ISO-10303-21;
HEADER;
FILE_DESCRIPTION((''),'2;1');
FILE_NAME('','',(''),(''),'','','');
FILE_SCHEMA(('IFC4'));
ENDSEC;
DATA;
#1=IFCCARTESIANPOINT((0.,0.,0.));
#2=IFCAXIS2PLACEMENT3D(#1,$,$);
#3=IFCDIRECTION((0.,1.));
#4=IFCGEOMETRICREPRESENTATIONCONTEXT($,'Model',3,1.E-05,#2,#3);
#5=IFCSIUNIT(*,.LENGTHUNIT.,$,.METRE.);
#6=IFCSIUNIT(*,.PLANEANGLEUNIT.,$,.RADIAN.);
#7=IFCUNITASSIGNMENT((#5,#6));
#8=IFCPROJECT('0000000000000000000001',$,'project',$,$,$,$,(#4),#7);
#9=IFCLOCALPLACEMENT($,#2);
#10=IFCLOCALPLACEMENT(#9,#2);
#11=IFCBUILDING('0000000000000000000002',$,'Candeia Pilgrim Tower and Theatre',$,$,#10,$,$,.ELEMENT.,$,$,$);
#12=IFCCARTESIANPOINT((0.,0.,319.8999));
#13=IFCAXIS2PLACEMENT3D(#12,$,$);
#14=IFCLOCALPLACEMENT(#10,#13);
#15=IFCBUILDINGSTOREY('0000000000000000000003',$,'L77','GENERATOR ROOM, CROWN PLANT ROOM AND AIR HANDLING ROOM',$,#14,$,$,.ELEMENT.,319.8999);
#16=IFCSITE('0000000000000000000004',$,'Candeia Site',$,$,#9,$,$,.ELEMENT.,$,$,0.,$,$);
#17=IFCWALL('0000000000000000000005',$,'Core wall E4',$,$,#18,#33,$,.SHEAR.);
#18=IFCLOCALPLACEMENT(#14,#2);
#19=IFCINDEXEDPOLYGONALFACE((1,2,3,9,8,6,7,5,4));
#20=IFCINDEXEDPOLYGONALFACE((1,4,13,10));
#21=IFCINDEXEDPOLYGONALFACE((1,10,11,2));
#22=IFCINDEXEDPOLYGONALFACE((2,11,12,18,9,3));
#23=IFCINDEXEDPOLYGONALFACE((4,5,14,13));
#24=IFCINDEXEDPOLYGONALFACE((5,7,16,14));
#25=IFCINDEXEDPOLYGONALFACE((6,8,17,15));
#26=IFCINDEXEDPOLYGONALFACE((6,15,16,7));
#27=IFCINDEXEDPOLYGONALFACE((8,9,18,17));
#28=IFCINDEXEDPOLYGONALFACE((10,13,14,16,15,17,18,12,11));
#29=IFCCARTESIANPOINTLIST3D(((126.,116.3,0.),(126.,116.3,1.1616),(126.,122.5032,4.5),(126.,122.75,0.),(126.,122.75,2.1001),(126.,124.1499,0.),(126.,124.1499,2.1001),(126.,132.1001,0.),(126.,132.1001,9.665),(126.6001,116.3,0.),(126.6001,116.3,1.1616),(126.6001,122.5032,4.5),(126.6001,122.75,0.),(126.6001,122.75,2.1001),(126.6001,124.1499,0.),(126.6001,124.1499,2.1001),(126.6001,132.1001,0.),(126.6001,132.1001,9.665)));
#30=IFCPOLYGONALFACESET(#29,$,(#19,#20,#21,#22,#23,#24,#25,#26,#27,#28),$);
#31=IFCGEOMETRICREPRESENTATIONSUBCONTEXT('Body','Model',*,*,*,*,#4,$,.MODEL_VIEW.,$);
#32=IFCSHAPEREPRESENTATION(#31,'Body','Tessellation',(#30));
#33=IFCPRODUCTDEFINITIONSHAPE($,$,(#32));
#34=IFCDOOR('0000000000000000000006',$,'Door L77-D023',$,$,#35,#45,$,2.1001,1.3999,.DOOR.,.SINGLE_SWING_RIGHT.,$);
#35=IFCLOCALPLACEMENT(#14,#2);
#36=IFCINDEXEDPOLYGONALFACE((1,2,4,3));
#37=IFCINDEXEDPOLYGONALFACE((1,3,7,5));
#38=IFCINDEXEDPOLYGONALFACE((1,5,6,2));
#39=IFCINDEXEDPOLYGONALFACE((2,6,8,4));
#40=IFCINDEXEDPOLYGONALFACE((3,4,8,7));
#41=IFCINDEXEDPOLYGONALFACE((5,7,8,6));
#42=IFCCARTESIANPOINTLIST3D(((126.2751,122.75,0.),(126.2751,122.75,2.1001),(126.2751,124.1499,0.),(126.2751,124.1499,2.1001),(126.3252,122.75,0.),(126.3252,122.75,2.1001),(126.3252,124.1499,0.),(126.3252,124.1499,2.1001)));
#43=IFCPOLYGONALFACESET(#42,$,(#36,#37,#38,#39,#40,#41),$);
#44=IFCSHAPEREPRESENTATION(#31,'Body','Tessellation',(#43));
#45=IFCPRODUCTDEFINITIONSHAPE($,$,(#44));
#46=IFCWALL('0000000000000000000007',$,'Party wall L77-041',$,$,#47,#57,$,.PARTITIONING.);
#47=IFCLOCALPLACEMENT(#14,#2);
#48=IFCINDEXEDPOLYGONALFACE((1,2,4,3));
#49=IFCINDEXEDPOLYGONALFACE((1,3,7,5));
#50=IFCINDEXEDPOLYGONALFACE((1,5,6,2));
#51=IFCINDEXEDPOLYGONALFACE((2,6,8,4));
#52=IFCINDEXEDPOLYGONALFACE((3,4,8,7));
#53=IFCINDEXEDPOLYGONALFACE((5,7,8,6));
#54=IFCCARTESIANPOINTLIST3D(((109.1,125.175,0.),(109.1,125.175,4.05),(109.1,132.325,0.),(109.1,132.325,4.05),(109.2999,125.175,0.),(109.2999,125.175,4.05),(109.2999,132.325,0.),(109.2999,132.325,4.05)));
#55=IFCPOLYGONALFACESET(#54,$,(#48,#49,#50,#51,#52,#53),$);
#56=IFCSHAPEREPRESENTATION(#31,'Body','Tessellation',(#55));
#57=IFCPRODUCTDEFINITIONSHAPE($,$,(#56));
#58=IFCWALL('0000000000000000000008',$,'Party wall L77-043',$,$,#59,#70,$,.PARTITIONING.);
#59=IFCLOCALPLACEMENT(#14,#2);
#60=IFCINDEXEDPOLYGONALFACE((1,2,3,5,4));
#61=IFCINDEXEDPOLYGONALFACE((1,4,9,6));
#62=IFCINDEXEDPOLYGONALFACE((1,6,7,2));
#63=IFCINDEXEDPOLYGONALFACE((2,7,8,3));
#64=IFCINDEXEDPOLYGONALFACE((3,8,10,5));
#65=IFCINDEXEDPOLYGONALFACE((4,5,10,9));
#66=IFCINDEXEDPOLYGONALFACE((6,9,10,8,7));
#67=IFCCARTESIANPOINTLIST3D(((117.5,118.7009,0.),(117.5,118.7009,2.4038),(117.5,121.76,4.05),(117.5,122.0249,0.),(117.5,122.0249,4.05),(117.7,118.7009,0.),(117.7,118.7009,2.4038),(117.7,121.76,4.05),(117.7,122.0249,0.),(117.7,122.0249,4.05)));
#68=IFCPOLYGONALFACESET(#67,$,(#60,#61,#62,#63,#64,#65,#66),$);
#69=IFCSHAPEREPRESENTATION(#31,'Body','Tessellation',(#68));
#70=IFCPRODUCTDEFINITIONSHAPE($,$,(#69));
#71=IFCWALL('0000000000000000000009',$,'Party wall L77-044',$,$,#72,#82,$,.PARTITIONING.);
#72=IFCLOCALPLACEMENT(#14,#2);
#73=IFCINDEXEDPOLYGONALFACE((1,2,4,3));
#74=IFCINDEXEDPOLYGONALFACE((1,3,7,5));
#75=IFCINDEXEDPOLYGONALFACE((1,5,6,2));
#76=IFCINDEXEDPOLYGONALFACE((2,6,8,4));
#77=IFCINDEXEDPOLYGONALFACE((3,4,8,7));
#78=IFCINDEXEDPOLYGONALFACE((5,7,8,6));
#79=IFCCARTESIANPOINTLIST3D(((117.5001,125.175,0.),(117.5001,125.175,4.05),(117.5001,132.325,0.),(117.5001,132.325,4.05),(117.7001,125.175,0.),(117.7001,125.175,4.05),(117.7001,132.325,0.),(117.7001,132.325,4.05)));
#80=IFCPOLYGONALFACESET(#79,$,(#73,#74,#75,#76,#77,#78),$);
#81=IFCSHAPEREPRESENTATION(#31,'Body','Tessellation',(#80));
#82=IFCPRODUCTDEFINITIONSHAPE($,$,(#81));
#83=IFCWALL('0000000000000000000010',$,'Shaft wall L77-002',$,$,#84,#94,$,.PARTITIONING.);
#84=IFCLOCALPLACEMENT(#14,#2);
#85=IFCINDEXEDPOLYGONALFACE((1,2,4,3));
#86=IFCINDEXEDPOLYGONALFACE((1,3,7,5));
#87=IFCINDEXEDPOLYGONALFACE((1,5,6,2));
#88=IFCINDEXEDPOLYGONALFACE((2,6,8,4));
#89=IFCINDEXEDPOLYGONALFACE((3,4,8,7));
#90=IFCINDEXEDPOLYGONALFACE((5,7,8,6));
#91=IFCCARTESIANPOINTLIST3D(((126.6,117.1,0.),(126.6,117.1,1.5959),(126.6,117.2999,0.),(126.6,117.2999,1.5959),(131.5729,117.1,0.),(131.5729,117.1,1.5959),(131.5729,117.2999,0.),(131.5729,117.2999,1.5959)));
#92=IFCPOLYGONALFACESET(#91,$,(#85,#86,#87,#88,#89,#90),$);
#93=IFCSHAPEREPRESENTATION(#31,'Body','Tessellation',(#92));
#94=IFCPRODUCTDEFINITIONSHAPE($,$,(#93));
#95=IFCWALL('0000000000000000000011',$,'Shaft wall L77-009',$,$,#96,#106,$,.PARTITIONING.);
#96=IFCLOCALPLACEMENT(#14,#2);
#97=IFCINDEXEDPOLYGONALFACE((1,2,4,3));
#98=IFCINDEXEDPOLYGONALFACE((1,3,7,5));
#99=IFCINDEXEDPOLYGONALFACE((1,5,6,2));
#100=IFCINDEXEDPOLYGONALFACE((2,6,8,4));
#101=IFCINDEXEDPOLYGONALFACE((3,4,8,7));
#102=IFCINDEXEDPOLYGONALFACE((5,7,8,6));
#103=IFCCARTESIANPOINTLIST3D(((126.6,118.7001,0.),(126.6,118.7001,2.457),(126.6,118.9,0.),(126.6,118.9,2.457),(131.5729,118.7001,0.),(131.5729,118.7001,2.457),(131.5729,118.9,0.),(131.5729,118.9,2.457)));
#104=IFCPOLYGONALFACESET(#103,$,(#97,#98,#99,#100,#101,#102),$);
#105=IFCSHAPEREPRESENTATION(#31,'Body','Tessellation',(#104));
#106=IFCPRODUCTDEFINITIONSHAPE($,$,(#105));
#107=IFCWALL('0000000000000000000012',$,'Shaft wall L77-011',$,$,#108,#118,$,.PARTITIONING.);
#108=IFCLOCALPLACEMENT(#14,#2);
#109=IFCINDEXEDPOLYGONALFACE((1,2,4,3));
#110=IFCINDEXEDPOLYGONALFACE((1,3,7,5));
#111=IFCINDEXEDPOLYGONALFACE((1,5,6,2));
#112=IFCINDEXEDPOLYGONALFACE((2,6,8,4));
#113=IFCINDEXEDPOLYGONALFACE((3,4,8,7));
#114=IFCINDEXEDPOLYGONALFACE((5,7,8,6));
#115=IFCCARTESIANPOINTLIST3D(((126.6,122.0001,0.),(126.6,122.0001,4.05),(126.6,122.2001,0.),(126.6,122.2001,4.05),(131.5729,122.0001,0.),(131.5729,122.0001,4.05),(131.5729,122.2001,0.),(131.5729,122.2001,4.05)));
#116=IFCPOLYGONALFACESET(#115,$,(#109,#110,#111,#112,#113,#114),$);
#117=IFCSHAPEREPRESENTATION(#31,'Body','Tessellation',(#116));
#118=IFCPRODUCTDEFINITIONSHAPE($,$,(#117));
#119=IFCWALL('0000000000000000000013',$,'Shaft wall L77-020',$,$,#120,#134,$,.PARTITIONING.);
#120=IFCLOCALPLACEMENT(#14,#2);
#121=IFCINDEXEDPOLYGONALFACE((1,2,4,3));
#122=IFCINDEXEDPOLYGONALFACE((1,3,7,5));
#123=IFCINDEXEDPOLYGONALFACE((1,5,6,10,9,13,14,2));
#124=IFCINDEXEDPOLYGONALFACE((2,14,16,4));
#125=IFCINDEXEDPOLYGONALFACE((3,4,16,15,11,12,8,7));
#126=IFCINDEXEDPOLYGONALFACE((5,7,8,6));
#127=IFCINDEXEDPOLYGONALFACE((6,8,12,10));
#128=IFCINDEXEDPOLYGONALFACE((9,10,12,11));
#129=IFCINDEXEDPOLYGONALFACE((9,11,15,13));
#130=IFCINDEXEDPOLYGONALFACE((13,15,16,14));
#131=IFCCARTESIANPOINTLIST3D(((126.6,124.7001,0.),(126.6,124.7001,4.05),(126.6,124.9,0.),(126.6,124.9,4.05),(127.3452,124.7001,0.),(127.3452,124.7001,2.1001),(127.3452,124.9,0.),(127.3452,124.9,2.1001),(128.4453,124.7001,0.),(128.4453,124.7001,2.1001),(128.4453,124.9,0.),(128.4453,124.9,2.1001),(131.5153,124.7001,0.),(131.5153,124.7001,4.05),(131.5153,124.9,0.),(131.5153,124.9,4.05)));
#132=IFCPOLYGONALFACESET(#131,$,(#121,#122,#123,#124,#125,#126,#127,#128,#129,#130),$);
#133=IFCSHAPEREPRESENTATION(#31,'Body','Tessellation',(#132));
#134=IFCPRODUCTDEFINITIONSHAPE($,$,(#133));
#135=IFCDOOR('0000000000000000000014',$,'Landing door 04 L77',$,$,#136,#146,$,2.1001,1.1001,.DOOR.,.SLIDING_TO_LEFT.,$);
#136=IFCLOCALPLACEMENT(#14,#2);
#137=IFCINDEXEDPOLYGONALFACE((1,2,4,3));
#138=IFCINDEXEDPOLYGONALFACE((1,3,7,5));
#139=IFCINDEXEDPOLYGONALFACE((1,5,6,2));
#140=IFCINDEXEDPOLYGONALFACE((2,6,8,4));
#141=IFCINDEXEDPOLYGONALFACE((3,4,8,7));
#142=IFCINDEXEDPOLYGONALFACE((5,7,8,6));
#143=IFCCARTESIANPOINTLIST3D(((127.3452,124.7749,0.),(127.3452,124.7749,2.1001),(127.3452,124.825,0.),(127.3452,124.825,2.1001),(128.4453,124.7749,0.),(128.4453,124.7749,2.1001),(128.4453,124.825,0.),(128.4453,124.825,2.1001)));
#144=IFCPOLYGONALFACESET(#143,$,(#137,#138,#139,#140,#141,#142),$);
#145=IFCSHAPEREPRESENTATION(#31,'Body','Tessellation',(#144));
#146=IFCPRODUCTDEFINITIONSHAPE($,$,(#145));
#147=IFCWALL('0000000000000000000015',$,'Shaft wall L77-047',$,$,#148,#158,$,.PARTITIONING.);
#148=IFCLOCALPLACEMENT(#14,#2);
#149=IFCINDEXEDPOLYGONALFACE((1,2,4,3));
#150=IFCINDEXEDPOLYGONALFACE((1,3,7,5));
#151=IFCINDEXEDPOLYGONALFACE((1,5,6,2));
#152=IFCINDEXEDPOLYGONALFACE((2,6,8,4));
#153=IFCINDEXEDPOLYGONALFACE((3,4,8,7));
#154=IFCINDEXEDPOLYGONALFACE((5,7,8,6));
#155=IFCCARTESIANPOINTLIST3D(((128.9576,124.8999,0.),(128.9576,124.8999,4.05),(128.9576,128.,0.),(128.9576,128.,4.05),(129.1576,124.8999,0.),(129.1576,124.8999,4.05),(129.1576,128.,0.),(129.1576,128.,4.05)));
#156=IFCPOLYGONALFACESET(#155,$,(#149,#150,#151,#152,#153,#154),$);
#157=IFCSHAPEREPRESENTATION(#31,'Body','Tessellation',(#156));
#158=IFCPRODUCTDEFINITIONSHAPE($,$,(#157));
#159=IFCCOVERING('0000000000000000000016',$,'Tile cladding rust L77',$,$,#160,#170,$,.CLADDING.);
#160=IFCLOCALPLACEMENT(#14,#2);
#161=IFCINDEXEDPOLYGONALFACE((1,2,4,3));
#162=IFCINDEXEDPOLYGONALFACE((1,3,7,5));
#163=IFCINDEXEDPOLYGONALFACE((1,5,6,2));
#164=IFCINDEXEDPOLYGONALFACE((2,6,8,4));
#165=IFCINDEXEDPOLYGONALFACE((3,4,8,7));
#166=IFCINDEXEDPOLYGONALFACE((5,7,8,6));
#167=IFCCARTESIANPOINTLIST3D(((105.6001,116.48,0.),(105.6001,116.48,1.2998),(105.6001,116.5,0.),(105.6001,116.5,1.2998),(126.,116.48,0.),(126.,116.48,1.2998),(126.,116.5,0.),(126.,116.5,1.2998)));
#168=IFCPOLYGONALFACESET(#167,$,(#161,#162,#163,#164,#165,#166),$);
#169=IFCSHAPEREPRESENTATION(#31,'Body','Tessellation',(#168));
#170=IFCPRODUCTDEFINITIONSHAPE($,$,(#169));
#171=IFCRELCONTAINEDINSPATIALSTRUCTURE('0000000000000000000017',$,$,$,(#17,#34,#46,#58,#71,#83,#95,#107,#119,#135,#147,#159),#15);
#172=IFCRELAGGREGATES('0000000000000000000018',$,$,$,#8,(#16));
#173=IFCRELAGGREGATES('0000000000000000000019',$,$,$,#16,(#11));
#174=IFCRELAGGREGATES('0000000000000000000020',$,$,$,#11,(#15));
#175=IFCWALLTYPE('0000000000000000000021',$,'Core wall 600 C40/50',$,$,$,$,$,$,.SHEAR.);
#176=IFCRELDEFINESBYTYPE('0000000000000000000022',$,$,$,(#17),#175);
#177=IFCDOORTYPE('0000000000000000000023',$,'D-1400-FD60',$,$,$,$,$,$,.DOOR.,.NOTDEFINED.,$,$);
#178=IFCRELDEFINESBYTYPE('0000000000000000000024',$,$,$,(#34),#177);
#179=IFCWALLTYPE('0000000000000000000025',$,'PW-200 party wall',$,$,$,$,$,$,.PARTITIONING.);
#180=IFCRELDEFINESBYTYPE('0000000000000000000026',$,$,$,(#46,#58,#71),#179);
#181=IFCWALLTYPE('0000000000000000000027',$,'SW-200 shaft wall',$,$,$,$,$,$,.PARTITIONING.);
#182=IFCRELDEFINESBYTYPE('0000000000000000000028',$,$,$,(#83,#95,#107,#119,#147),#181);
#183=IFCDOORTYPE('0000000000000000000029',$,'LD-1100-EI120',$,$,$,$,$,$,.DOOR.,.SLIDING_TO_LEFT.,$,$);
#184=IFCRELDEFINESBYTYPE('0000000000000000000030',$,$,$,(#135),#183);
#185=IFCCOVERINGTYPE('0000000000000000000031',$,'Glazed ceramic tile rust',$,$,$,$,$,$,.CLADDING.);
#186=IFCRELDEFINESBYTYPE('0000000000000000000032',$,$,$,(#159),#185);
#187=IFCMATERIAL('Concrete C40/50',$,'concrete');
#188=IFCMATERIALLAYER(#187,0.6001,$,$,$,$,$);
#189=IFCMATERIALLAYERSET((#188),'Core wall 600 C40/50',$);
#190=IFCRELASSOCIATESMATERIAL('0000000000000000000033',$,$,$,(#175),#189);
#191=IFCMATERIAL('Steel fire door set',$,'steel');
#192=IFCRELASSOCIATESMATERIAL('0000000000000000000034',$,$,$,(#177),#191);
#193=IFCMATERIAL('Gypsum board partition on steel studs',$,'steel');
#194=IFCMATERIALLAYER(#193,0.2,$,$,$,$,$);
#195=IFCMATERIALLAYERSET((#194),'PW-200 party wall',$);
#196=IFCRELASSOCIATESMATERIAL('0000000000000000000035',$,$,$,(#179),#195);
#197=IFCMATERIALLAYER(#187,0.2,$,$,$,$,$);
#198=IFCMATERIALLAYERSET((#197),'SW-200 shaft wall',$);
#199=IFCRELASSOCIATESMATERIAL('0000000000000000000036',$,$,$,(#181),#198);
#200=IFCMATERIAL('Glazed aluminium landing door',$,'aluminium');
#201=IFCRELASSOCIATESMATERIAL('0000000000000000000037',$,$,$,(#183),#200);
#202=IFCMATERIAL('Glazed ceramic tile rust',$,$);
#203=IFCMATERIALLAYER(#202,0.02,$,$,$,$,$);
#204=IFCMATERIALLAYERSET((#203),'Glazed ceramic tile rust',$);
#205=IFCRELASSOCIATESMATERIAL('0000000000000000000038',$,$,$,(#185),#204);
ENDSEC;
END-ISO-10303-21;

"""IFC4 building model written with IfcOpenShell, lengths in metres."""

from ifc_helpers import new_model, si_unit, direction, frame, frame_2d, origin, origin_2d, place, context, subcontext, project, spatial, polyline, rectangle, outline, extrude, material, layer, layer_set, type_object, element, fill, save


model = new_model("IFC4")

# Units and contexts
model_context = context("Model", 3, precision=1e-05, world=origin(), true_north=direction((0.0, 1.0)))
body_context = subcontext(model_context, "Body", "Model", "MODEL_VIEW")
ifc_project = project(units=[si_unit("LENGTHUNIT", "METRE"), si_unit("PLANEANGLEUNIT", "RADIAN")], contexts=[model_context])

# Site, building, storey
site_placement = place(None, origin())
site = spatial("IfcSite", under=ifc_project, at=site_placement, Name="Candeia Site", CompositionType="ELEMENT", RefElevation=0.0)
building_placement = place(site_placement, origin())
building = spatial("IfcBuilding", under=site, at=building_placement, Name="Candeia Pilgrim Tower and Theatre", CompositionType="ELEMENT")
storey_placement = place(building_placement, frame((0.0, 0.0, 319.8999)))
storey = spatial("IfcBuildingStorey", under=building, at=storey_placement, Name="L77", Description="GENERATOR ROOM, CROWN PLANT ROOM AND AIR HANDLING ROOM", CompositionType="ELEMENT", Elevation=319.8999)

# Shared definitions
ifc_material_1 = material(Name="Concrete C40/50", Category="concrete")

# Wall, opening, door
ifc_layer_1 = layer(ifc_material_1, 0.6001)
ifc_layer_set_1 = layer_set([ifc_layer_1], Name="Core wall 600 C40/50")
wall_type_1 = type_object("IfcWallType", Name="Core wall 600 C40/50", PredefinedType="SHEAR", material=ifc_layer_set_1)
wall_1_placement = place(storey_placement, frame((126.3, 116.3, 0.0), z_axis=(0.0, 0.0, 1.0), x_axis=(0.0, 1.0, 0.0)))
wall_1 = element("IfcWall", 1, at=wall_1_placement, inside=storey, type_object=wall_type_1, Name="Core wall E4", PredefinedType="SHEAR", context=body_context, shape_type="SweptSolid", body=[
    extrude(outline(polyline([(0.0, 0.0), (15.8, 0.0), (15.8, 9.665), (6.2031, 4.5), (0.0, 1.1616), (0.0, 0.0)])), frame((0.0, 0.3, 0.0), z_axis=(0.0, -1.0, 0.0), x_axis=(1.0, 0.0, 0.0)), (0.0, 0.0, 1.0), 0.6001),
])
opening_1_placement = place(wall_1_placement, frame((6.45, 0.0, 0.0)))
opening_1 = element("IfcOpeningElement", 2, at=opening_1_placement, cuts=wall_1, PredefinedType="OPENING", context=body_context, shape_type="SweptSolid", body=[
    extrude(rectangle(XDim=1.3999, YDim=2.1001, at=frame_2d((0.7, 1.05))), frame((0.0, 0.3101, 0.0), z_axis=(0.0, -1.0, 0.0), x_axis=(1.0, 0.0, 0.0)), (0.0, 0.0, 1.0), 0.6201),
])
ifc_material_2 = material(Name="Steel fire door set", Category="steel")
door_type_1 = type_object("IfcDoorType", Name="D-1400-FD60", OperationType="NOTDEFINED", PredefinedType="DOOR", material=ifc_material_2)
door_1_placement = place(opening_1_placement, origin())
door_1 = element("IfcDoor", 3, at=door_1_placement, inside=storey, type_object=door_type_1, Name="Door L77-D023", OperationType="SINGLE_SWING_RIGHT", OverallHeight=2.1001, OverallWidth=1.3999, PredefinedType="DOOR", context=body_context, shape_type="SweptSolid", body=[
    extrude(rectangle(XDim=1.3999, YDim=2.1001, at=frame_2d((0.7, 1.05))), frame((0.0, 0.0249, 0.0), z_axis=(0.0, -1.0, 0.0), x_axis=(1.0, 0.0, 0.0)), (0.0, 0.0, 1.0), 0.05),
])
fill(opening_1, door_1)

# Walls
ifc_material_3 = material(Name="Gypsum board partition on steel studs", Category="steel")
ifc_layer_2 = layer(ifc_material_3, 0.2)
ifc_layer_set_2 = layer_set([ifc_layer_2], Name="PW-200 party wall")
wall_type_2 = type_object("IfcWallType", Name="PW-200 party wall", PredefinedType="PARTITIONING", material=ifc_layer_set_2)
wall_2_placement = place(storey_placement, frame((109.2, 125.175, 0.0), z_axis=(0.0, 0.0, 1.0), x_axis=(0.0, 1.0, 0.0)))
element("IfcWall", 4, at=wall_2_placement, inside=storey, type_object=wall_type_2, Name="Party wall L77-041", PredefinedType="PARTITIONING", context=body_context, shape_type="SweptSolid", body=[
    extrude(rectangle(XDim=7.1499, YDim=0.2, at=frame_2d((3.575, 0.0))), origin(), (0.0, 0.0, 1.0), 4.05),
])
wall_3_placement = place(storey_placement, frame((117.6001, 118.7009, 0.0), z_axis=(0.0, 0.0, 1.0), x_axis=(0.0, 1.0, 0.0)))
element("IfcWall", 5, at=wall_3_placement, inside=storey, type_object=wall_type_2, Name="Party wall L77-043", PredefinedType="PARTITIONING", context=body_context, shape_type="SweptSolid", body=[
    extrude(outline(polyline([(0.0, 0.0), (3.324, 0.0), (3.324, 4.05), (3.0591, 4.05), (0.0, 2.4038), (0.0, 0.0)])), frame((0.0, 0.1001, 0.0), z_axis=(0.0, -1.0, 0.0), x_axis=(1.0, 0.0, 0.0)), (0.0, 0.0, 1.0), 0.2),
])
wall_4_placement = place(storey_placement, frame((117.6001, 125.175, 0.0), z_axis=(0.0, 0.0, 1.0), x_axis=(0.0, 1.0, 0.0)))
element("IfcWall", 6, at=wall_4_placement, inside=storey, type_object=wall_type_2, Name="Party wall L77-044", PredefinedType="PARTITIONING", context=body_context, shape_type="SweptSolid", body=[
    extrude(rectangle(XDim=7.1499, YDim=0.2, at=frame_2d((3.575, 0.0))), origin(), (0.0, 0.0, 1.0), 4.05),
])
ifc_layer_3 = layer(ifc_material_1, 0.2)
ifc_layer_set_3 = layer_set([ifc_layer_3], Name="SW-200 shaft wall")
wall_type_3 = type_object("IfcWallType", Name="SW-200 shaft wall", PredefinedType="PARTITIONING", material=ifc_layer_set_3)
wall_5_placement = place(storey_placement, frame((126.6001, 117.2, 0.0), z_axis=(0.0, 0.0, 1.0), x_axis=(1.0, 0.0, 0.0)))
element("IfcWall", 7, at=wall_5_placement, inside=storey, type_object=wall_type_3, Name="Shaft wall L77-002", PredefinedType="PARTITIONING", context=body_context, shape_type="SweptSolid", body=[
    extrude(rectangle(XDim=4.9729, YDim=0.2, at=frame_2d((2.4863, 0.0))), origin(), (0.0, 0.0, 1.0), 1.5959),
])
wall_6_placement = place(storey_placement, frame((126.6001, 118.8, 0.0), z_axis=(0.0, 0.0, 1.0), x_axis=(1.0, 0.0, 0.0)))
element("IfcWall", 8, at=wall_6_placement, inside=storey, type_object=wall_type_3, Name="Shaft wall L77-009", PredefinedType="PARTITIONING", context=body_context, shape_type="SweptSolid", body=[
    extrude(rectangle(XDim=4.9729, YDim=0.2, at=frame_2d((2.4863, 0.0))), origin(), (0.0, 0.0, 1.0), 2.457),
])
wall_7_placement = place(storey_placement, frame((126.6001, 122.1001, 0.0), z_axis=(0.0, 0.0, 1.0), x_axis=(1.0, 0.0, 0.0)))
element("IfcWall", 9, at=wall_7_placement, inside=storey, type_object=wall_type_3, Name="Shaft wall L77-011", PredefinedType="PARTITIONING", context=body_context, shape_type="SweptSolid", body=[
    extrude(rectangle(XDim=4.9729, YDim=0.2, at=frame_2d((2.4863, 0.0))), origin(), (0.0, 0.0, 1.0), 4.05),
])

# Wall, opening, door
wall_8_placement = place(storey_placement, frame((126.6001, 124.8, 0.0), z_axis=(0.0, 0.0, 1.0), x_axis=(1.0, 0.0, 0.0)))
wall_8 = element("IfcWall", 10, at=wall_8_placement, inside=storey, type_object=wall_type_3, Name="Shaft wall L77-020", PredefinedType="PARTITIONING", context=body_context, shape_type="SweptSolid", body=[
    extrude(rectangle(XDim=4.9153, YDim=0.2, at=frame_2d((2.4575, 0.0))), origin(), (0.0, 0.0, 1.0), 4.05),
])
opening_2_placement = place(wall_8_placement, frame((0.7451, 0.0, 0.0)))
opening_2 = element("IfcOpeningElement", 11, at=opening_2_placement, cuts=wall_8, PredefinedType="OPENING", context=body_context, shape_type="SweptSolid", body=[
    extrude(rectangle(XDim=1.1001, YDim=2.1001, at=frame_2d((0.55, 1.05))), frame((0.0, 0.1099, 0.0), z_axis=(0.0, -1.0, 0.0), x_axis=(1.0, 0.0, 0.0)), (0.0, 0.0, 1.0), 0.22),
])
ifc_material_4 = material(Name="Glazed aluminium landing door", Category="aluminium")
door_type_2 = type_object("IfcDoorType", Name="LD-1100-EI120", OperationType="SLIDING_TO_LEFT", PredefinedType="DOOR", material=ifc_material_4)
door_2_placement = place(opening_2_placement, origin())
door_2 = element("IfcDoor", 12, at=door_2_placement, inside=storey, type_object=door_type_2, Name="Landing door 04 L77", OperationType="SLIDING_TO_LEFT", OverallHeight=2.1001, OverallWidth=1.1001, PredefinedType="DOOR", context=body_context, shape_type="SweptSolid", body=[
    extrude(rectangle(XDim=1.1001, YDim=2.1001, at=frame_2d((0.55, 1.05))), frame((0.0, 0.0249, 0.0), z_axis=(0.0, -1.0, 0.0), x_axis=(1.0, 0.0, 0.0)), (0.0, 0.0, 1.0), 0.05),
])
fill(opening_2, door_2)

# Wall
wall_9_placement = place(storey_placement, frame((129.0576, 124.8999, 0.0), z_axis=(0.0, 0.0, 1.0), x_axis=(0.0, 1.0, 0.0)))
element("IfcWall", 13, at=wall_9_placement, inside=storey, type_object=wall_type_3, Name="Shaft wall L77-047", PredefinedType="PARTITIONING", context=body_context, shape_type="SweptSolid", body=[
    extrude(rectangle(XDim=3.1001, YDim=0.2, at=frame_2d((1.55, 0.0))), origin(), (0.0, 0.0, 1.0), 4.05),
])

# Covering
ifc_material_5 = material(Name="Glazed ceramic tile rust")
ifc_layer_4 = layer(ifc_material_5, 0.02)
ifc_layer_set_4 = layer_set([ifc_layer_4], Name="Glazed ceramic tile rust")
covering_type = type_object("IfcCoveringType", Name="Glazed ceramic tile rust", PredefinedType="CLADDING", material=ifc_layer_set_4)
covering_placement = place(storey_placement, frame((115.8, 116.49, 0.0), z_axis=(0.0, 0.0, 1.0), x_axis=(1.0, 0.0, 0.0)))
element("IfcCovering", 14, at=covering_placement, inside=storey, type_object=covering_type, Name="Tile cladding rust L77", PredefinedType="CLADDING", context=body_context, shape_type="SweptSolid", body=[
    extrude(rectangle(XDim=20.3999, YDim=0.02, at=origin_2d()), origin(), (0.0, 0.0, 1.0), 1.2998),
])

save(model, "model.ifc")
